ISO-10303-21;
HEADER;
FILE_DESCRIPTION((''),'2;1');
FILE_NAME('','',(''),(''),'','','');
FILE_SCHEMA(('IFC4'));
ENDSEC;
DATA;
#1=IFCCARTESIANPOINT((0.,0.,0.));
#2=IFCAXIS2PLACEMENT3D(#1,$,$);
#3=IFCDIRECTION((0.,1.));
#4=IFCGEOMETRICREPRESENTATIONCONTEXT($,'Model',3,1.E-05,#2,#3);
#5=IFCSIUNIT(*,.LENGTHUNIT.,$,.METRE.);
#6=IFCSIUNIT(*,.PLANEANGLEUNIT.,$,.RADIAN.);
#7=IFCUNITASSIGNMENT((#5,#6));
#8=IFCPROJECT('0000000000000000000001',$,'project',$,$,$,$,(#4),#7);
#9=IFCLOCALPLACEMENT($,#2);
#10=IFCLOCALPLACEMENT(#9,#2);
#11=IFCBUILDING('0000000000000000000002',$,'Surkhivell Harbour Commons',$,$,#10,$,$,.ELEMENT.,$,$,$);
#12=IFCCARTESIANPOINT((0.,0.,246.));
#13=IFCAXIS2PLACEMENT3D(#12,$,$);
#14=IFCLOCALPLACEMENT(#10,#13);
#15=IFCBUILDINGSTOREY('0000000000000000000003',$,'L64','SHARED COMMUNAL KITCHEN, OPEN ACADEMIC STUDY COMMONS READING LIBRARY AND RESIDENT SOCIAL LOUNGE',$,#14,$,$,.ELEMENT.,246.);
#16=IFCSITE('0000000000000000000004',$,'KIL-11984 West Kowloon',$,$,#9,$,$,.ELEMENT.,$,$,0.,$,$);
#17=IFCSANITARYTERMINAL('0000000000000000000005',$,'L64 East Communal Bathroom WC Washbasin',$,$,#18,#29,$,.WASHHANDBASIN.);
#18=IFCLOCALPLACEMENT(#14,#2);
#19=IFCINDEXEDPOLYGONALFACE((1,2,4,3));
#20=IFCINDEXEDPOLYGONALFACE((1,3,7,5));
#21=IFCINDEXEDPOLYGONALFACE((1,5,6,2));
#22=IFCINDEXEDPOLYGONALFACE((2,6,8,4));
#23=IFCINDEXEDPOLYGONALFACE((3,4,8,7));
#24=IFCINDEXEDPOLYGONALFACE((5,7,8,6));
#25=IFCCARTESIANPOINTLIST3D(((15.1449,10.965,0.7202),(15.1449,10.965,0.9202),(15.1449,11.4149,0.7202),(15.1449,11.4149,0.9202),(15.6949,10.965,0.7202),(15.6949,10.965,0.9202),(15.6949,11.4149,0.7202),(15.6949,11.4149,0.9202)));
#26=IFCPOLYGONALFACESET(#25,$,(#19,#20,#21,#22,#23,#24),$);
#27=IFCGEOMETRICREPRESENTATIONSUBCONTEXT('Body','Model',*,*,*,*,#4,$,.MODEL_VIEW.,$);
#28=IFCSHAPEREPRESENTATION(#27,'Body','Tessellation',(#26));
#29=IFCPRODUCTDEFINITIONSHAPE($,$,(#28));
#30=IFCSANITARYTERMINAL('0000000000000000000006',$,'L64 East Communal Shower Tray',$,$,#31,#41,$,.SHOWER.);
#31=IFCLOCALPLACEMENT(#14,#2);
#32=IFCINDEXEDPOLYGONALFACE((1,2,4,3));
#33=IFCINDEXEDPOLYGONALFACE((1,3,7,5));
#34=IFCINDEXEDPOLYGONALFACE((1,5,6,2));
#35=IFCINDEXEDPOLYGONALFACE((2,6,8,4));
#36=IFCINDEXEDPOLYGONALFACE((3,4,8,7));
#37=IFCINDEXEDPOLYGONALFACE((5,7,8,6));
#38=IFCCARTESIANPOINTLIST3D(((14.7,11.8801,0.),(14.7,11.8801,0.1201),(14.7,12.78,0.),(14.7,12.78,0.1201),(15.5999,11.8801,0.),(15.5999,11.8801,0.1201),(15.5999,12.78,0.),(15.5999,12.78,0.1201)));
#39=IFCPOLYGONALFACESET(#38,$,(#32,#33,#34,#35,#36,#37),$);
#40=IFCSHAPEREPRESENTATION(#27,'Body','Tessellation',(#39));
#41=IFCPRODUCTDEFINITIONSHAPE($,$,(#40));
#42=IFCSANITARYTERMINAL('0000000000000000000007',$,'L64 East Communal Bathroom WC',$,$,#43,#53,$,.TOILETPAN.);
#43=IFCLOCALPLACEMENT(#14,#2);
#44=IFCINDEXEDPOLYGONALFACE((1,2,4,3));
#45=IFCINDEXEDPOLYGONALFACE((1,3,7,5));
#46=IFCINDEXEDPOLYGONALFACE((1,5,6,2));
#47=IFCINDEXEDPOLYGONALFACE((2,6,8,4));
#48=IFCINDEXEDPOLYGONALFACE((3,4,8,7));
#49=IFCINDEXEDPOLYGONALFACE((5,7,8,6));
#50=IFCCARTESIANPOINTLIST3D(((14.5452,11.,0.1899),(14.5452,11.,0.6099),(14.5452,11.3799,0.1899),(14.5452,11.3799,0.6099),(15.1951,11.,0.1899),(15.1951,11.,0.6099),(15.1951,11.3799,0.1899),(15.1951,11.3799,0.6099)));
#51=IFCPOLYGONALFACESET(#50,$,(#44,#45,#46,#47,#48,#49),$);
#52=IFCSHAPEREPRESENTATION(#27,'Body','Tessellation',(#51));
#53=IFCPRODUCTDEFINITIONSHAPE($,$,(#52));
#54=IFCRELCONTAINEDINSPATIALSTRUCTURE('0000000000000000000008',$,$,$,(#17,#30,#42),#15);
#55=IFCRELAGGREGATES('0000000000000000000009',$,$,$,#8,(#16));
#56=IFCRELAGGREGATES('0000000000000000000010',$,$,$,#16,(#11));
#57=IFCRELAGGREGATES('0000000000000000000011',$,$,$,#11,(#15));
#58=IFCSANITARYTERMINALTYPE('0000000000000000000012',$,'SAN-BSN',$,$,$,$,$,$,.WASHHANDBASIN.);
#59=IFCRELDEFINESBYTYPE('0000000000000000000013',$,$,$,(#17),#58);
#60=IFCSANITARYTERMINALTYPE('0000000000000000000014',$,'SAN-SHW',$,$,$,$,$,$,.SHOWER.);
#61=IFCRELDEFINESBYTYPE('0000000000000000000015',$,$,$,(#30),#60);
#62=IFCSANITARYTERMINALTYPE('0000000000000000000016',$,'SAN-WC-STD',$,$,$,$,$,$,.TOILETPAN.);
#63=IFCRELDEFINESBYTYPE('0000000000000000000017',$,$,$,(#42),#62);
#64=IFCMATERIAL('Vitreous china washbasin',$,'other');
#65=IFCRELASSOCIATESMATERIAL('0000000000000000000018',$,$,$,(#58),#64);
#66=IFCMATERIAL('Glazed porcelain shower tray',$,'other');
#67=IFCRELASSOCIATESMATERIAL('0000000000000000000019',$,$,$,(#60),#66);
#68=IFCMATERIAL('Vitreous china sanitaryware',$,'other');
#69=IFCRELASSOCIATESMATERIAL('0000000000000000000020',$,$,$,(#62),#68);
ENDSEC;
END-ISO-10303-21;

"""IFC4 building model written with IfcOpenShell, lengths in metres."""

from ifc_helpers import new_model, si_unit, direction, frame, origin, origin_2d, place, context, subcontext, project, spatial, rectangle, extrude, material, type_object, element, save


model = new_model("IFC4")

# Units and contexts
model_context = context("Model", 3, precision=1e-05, world=origin(), true_north=direction((0.0, 1.0)))
body_context = subcontext(model_context, "Body", "Model", "MODEL_VIEW")
ifc_project = project(units=[si_unit("LENGTHUNIT", "METRE"), si_unit("PLANEANGLEUNIT", "RADIAN")], contexts=[model_context])

# Site, building, storey
site_placement = place(None, origin())
site = spatial("IfcSite", under=ifc_project, at=site_placement, Name="KIL-11984 West Kowloon", CompositionType="ELEMENT", RefElevation=0.0)
building_placement = place(site_placement, origin())
building = spatial("IfcBuilding", under=site, at=building_placement, Name="Surkhivell Harbour Commons", CompositionType="ELEMENT")
storey_placement = place(building_placement, frame((0.0, 0.0, 246.0)))
storey = spatial("IfcBuildingStorey", under=building, at=storey_placement, Name="L64", Description="SHARED COMMUNAL KITCHEN, OPEN ACADEMIC STUDY COMMONS READING LIBRARY AND RESIDENT SOCIAL LOUNGE", CompositionType="ELEMENT", Elevation=246.0)

# Sanitary terminals
ifc_material_1 = material(Name="Vitreous china washbasin", Category="other")
sanitary_terminal_type_1 = type_object("IfcSanitaryTerminalType", Name="SAN-BSN", PredefinedType="WASHHANDBASIN", material=ifc_material_1)
sanitary_terminal_1_placement = place(storey_placement, frame((15.4199, 11.1899, 0.7202), z_axis=(0.0, 0.0, 1.0), x_axis=(1.0, 0.0, 0.0)))
element("IfcSanitaryTerminal", 1, at=sanitary_terminal_1_placement, inside=storey, type_object=sanitary_terminal_type_1, Name="L64 East Communal Bathroom WC Washbasin", PredefinedType="WASHHANDBASIN", context=body_context, shape_type="SweptSolid", body=[
    extrude(rectangle(XDim=0.55, YDim=0.45, at=origin_2d()), origin(), (0.0, 0.0, 1.0), 0.2),
])
ifc_material_2 = material(Name="Glazed porcelain shower tray", Category="other")
sanitary_terminal_type_2 = type_object("IfcSanitaryTerminalType", Name="SAN-SHW", PredefinedType="SHOWER", material=ifc_material_2)
sanitary_terminal_2_placement = place(storey_placement, frame((15.1499, 12.3301, 0.0), z_axis=(0.0, 0.0, 1.0), x_axis=(1.0, 0.0, 0.0)))
element("IfcSanitaryTerminal", 2, at=sanitary_terminal_2_placement, inside=storey, type_object=sanitary_terminal_type_2, Name="L64 East Communal Shower Tray", PredefinedType="SHOWER", context=body_context, shape_type="SweptSolid", body=[
    extrude(rectangle(XDim=0.8999, YDim=0.8999, at=origin_2d()), origin(), (0.0, 0.0, 1.0), 0.1201),
])
ifc_material_3 = material(Name="Vitreous china sanitaryware", Category="other")
sanitary_terminal_type_3 = type_object("IfcSanitaryTerminalType", Name="SAN-WC-STD", PredefinedType="TOILETPAN", material=ifc_material_3)
sanitary_terminal_3_placement = place(storey_placement, frame((14.8701, 11.1899, 0.1899), z_axis=(0.0, 0.0, 1.0), x_axis=(1.0, 0.0, 0.0)))
element("IfcSanitaryTerminal", 3, at=sanitary_terminal_3_placement, inside=storey, type_object=sanitary_terminal_type_3, Name="L64 East Communal Bathroom WC", PredefinedType="TOILETPAN", context=body_context, shape_type="SweptSolid", body=[
    extrude(rectangle(XDim=0.6499, YDim=0.3799, at=origin_2d()), origin(), (0.0, 0.0, 1.0), 0.4199),
])

save(model, "model.ifc")
